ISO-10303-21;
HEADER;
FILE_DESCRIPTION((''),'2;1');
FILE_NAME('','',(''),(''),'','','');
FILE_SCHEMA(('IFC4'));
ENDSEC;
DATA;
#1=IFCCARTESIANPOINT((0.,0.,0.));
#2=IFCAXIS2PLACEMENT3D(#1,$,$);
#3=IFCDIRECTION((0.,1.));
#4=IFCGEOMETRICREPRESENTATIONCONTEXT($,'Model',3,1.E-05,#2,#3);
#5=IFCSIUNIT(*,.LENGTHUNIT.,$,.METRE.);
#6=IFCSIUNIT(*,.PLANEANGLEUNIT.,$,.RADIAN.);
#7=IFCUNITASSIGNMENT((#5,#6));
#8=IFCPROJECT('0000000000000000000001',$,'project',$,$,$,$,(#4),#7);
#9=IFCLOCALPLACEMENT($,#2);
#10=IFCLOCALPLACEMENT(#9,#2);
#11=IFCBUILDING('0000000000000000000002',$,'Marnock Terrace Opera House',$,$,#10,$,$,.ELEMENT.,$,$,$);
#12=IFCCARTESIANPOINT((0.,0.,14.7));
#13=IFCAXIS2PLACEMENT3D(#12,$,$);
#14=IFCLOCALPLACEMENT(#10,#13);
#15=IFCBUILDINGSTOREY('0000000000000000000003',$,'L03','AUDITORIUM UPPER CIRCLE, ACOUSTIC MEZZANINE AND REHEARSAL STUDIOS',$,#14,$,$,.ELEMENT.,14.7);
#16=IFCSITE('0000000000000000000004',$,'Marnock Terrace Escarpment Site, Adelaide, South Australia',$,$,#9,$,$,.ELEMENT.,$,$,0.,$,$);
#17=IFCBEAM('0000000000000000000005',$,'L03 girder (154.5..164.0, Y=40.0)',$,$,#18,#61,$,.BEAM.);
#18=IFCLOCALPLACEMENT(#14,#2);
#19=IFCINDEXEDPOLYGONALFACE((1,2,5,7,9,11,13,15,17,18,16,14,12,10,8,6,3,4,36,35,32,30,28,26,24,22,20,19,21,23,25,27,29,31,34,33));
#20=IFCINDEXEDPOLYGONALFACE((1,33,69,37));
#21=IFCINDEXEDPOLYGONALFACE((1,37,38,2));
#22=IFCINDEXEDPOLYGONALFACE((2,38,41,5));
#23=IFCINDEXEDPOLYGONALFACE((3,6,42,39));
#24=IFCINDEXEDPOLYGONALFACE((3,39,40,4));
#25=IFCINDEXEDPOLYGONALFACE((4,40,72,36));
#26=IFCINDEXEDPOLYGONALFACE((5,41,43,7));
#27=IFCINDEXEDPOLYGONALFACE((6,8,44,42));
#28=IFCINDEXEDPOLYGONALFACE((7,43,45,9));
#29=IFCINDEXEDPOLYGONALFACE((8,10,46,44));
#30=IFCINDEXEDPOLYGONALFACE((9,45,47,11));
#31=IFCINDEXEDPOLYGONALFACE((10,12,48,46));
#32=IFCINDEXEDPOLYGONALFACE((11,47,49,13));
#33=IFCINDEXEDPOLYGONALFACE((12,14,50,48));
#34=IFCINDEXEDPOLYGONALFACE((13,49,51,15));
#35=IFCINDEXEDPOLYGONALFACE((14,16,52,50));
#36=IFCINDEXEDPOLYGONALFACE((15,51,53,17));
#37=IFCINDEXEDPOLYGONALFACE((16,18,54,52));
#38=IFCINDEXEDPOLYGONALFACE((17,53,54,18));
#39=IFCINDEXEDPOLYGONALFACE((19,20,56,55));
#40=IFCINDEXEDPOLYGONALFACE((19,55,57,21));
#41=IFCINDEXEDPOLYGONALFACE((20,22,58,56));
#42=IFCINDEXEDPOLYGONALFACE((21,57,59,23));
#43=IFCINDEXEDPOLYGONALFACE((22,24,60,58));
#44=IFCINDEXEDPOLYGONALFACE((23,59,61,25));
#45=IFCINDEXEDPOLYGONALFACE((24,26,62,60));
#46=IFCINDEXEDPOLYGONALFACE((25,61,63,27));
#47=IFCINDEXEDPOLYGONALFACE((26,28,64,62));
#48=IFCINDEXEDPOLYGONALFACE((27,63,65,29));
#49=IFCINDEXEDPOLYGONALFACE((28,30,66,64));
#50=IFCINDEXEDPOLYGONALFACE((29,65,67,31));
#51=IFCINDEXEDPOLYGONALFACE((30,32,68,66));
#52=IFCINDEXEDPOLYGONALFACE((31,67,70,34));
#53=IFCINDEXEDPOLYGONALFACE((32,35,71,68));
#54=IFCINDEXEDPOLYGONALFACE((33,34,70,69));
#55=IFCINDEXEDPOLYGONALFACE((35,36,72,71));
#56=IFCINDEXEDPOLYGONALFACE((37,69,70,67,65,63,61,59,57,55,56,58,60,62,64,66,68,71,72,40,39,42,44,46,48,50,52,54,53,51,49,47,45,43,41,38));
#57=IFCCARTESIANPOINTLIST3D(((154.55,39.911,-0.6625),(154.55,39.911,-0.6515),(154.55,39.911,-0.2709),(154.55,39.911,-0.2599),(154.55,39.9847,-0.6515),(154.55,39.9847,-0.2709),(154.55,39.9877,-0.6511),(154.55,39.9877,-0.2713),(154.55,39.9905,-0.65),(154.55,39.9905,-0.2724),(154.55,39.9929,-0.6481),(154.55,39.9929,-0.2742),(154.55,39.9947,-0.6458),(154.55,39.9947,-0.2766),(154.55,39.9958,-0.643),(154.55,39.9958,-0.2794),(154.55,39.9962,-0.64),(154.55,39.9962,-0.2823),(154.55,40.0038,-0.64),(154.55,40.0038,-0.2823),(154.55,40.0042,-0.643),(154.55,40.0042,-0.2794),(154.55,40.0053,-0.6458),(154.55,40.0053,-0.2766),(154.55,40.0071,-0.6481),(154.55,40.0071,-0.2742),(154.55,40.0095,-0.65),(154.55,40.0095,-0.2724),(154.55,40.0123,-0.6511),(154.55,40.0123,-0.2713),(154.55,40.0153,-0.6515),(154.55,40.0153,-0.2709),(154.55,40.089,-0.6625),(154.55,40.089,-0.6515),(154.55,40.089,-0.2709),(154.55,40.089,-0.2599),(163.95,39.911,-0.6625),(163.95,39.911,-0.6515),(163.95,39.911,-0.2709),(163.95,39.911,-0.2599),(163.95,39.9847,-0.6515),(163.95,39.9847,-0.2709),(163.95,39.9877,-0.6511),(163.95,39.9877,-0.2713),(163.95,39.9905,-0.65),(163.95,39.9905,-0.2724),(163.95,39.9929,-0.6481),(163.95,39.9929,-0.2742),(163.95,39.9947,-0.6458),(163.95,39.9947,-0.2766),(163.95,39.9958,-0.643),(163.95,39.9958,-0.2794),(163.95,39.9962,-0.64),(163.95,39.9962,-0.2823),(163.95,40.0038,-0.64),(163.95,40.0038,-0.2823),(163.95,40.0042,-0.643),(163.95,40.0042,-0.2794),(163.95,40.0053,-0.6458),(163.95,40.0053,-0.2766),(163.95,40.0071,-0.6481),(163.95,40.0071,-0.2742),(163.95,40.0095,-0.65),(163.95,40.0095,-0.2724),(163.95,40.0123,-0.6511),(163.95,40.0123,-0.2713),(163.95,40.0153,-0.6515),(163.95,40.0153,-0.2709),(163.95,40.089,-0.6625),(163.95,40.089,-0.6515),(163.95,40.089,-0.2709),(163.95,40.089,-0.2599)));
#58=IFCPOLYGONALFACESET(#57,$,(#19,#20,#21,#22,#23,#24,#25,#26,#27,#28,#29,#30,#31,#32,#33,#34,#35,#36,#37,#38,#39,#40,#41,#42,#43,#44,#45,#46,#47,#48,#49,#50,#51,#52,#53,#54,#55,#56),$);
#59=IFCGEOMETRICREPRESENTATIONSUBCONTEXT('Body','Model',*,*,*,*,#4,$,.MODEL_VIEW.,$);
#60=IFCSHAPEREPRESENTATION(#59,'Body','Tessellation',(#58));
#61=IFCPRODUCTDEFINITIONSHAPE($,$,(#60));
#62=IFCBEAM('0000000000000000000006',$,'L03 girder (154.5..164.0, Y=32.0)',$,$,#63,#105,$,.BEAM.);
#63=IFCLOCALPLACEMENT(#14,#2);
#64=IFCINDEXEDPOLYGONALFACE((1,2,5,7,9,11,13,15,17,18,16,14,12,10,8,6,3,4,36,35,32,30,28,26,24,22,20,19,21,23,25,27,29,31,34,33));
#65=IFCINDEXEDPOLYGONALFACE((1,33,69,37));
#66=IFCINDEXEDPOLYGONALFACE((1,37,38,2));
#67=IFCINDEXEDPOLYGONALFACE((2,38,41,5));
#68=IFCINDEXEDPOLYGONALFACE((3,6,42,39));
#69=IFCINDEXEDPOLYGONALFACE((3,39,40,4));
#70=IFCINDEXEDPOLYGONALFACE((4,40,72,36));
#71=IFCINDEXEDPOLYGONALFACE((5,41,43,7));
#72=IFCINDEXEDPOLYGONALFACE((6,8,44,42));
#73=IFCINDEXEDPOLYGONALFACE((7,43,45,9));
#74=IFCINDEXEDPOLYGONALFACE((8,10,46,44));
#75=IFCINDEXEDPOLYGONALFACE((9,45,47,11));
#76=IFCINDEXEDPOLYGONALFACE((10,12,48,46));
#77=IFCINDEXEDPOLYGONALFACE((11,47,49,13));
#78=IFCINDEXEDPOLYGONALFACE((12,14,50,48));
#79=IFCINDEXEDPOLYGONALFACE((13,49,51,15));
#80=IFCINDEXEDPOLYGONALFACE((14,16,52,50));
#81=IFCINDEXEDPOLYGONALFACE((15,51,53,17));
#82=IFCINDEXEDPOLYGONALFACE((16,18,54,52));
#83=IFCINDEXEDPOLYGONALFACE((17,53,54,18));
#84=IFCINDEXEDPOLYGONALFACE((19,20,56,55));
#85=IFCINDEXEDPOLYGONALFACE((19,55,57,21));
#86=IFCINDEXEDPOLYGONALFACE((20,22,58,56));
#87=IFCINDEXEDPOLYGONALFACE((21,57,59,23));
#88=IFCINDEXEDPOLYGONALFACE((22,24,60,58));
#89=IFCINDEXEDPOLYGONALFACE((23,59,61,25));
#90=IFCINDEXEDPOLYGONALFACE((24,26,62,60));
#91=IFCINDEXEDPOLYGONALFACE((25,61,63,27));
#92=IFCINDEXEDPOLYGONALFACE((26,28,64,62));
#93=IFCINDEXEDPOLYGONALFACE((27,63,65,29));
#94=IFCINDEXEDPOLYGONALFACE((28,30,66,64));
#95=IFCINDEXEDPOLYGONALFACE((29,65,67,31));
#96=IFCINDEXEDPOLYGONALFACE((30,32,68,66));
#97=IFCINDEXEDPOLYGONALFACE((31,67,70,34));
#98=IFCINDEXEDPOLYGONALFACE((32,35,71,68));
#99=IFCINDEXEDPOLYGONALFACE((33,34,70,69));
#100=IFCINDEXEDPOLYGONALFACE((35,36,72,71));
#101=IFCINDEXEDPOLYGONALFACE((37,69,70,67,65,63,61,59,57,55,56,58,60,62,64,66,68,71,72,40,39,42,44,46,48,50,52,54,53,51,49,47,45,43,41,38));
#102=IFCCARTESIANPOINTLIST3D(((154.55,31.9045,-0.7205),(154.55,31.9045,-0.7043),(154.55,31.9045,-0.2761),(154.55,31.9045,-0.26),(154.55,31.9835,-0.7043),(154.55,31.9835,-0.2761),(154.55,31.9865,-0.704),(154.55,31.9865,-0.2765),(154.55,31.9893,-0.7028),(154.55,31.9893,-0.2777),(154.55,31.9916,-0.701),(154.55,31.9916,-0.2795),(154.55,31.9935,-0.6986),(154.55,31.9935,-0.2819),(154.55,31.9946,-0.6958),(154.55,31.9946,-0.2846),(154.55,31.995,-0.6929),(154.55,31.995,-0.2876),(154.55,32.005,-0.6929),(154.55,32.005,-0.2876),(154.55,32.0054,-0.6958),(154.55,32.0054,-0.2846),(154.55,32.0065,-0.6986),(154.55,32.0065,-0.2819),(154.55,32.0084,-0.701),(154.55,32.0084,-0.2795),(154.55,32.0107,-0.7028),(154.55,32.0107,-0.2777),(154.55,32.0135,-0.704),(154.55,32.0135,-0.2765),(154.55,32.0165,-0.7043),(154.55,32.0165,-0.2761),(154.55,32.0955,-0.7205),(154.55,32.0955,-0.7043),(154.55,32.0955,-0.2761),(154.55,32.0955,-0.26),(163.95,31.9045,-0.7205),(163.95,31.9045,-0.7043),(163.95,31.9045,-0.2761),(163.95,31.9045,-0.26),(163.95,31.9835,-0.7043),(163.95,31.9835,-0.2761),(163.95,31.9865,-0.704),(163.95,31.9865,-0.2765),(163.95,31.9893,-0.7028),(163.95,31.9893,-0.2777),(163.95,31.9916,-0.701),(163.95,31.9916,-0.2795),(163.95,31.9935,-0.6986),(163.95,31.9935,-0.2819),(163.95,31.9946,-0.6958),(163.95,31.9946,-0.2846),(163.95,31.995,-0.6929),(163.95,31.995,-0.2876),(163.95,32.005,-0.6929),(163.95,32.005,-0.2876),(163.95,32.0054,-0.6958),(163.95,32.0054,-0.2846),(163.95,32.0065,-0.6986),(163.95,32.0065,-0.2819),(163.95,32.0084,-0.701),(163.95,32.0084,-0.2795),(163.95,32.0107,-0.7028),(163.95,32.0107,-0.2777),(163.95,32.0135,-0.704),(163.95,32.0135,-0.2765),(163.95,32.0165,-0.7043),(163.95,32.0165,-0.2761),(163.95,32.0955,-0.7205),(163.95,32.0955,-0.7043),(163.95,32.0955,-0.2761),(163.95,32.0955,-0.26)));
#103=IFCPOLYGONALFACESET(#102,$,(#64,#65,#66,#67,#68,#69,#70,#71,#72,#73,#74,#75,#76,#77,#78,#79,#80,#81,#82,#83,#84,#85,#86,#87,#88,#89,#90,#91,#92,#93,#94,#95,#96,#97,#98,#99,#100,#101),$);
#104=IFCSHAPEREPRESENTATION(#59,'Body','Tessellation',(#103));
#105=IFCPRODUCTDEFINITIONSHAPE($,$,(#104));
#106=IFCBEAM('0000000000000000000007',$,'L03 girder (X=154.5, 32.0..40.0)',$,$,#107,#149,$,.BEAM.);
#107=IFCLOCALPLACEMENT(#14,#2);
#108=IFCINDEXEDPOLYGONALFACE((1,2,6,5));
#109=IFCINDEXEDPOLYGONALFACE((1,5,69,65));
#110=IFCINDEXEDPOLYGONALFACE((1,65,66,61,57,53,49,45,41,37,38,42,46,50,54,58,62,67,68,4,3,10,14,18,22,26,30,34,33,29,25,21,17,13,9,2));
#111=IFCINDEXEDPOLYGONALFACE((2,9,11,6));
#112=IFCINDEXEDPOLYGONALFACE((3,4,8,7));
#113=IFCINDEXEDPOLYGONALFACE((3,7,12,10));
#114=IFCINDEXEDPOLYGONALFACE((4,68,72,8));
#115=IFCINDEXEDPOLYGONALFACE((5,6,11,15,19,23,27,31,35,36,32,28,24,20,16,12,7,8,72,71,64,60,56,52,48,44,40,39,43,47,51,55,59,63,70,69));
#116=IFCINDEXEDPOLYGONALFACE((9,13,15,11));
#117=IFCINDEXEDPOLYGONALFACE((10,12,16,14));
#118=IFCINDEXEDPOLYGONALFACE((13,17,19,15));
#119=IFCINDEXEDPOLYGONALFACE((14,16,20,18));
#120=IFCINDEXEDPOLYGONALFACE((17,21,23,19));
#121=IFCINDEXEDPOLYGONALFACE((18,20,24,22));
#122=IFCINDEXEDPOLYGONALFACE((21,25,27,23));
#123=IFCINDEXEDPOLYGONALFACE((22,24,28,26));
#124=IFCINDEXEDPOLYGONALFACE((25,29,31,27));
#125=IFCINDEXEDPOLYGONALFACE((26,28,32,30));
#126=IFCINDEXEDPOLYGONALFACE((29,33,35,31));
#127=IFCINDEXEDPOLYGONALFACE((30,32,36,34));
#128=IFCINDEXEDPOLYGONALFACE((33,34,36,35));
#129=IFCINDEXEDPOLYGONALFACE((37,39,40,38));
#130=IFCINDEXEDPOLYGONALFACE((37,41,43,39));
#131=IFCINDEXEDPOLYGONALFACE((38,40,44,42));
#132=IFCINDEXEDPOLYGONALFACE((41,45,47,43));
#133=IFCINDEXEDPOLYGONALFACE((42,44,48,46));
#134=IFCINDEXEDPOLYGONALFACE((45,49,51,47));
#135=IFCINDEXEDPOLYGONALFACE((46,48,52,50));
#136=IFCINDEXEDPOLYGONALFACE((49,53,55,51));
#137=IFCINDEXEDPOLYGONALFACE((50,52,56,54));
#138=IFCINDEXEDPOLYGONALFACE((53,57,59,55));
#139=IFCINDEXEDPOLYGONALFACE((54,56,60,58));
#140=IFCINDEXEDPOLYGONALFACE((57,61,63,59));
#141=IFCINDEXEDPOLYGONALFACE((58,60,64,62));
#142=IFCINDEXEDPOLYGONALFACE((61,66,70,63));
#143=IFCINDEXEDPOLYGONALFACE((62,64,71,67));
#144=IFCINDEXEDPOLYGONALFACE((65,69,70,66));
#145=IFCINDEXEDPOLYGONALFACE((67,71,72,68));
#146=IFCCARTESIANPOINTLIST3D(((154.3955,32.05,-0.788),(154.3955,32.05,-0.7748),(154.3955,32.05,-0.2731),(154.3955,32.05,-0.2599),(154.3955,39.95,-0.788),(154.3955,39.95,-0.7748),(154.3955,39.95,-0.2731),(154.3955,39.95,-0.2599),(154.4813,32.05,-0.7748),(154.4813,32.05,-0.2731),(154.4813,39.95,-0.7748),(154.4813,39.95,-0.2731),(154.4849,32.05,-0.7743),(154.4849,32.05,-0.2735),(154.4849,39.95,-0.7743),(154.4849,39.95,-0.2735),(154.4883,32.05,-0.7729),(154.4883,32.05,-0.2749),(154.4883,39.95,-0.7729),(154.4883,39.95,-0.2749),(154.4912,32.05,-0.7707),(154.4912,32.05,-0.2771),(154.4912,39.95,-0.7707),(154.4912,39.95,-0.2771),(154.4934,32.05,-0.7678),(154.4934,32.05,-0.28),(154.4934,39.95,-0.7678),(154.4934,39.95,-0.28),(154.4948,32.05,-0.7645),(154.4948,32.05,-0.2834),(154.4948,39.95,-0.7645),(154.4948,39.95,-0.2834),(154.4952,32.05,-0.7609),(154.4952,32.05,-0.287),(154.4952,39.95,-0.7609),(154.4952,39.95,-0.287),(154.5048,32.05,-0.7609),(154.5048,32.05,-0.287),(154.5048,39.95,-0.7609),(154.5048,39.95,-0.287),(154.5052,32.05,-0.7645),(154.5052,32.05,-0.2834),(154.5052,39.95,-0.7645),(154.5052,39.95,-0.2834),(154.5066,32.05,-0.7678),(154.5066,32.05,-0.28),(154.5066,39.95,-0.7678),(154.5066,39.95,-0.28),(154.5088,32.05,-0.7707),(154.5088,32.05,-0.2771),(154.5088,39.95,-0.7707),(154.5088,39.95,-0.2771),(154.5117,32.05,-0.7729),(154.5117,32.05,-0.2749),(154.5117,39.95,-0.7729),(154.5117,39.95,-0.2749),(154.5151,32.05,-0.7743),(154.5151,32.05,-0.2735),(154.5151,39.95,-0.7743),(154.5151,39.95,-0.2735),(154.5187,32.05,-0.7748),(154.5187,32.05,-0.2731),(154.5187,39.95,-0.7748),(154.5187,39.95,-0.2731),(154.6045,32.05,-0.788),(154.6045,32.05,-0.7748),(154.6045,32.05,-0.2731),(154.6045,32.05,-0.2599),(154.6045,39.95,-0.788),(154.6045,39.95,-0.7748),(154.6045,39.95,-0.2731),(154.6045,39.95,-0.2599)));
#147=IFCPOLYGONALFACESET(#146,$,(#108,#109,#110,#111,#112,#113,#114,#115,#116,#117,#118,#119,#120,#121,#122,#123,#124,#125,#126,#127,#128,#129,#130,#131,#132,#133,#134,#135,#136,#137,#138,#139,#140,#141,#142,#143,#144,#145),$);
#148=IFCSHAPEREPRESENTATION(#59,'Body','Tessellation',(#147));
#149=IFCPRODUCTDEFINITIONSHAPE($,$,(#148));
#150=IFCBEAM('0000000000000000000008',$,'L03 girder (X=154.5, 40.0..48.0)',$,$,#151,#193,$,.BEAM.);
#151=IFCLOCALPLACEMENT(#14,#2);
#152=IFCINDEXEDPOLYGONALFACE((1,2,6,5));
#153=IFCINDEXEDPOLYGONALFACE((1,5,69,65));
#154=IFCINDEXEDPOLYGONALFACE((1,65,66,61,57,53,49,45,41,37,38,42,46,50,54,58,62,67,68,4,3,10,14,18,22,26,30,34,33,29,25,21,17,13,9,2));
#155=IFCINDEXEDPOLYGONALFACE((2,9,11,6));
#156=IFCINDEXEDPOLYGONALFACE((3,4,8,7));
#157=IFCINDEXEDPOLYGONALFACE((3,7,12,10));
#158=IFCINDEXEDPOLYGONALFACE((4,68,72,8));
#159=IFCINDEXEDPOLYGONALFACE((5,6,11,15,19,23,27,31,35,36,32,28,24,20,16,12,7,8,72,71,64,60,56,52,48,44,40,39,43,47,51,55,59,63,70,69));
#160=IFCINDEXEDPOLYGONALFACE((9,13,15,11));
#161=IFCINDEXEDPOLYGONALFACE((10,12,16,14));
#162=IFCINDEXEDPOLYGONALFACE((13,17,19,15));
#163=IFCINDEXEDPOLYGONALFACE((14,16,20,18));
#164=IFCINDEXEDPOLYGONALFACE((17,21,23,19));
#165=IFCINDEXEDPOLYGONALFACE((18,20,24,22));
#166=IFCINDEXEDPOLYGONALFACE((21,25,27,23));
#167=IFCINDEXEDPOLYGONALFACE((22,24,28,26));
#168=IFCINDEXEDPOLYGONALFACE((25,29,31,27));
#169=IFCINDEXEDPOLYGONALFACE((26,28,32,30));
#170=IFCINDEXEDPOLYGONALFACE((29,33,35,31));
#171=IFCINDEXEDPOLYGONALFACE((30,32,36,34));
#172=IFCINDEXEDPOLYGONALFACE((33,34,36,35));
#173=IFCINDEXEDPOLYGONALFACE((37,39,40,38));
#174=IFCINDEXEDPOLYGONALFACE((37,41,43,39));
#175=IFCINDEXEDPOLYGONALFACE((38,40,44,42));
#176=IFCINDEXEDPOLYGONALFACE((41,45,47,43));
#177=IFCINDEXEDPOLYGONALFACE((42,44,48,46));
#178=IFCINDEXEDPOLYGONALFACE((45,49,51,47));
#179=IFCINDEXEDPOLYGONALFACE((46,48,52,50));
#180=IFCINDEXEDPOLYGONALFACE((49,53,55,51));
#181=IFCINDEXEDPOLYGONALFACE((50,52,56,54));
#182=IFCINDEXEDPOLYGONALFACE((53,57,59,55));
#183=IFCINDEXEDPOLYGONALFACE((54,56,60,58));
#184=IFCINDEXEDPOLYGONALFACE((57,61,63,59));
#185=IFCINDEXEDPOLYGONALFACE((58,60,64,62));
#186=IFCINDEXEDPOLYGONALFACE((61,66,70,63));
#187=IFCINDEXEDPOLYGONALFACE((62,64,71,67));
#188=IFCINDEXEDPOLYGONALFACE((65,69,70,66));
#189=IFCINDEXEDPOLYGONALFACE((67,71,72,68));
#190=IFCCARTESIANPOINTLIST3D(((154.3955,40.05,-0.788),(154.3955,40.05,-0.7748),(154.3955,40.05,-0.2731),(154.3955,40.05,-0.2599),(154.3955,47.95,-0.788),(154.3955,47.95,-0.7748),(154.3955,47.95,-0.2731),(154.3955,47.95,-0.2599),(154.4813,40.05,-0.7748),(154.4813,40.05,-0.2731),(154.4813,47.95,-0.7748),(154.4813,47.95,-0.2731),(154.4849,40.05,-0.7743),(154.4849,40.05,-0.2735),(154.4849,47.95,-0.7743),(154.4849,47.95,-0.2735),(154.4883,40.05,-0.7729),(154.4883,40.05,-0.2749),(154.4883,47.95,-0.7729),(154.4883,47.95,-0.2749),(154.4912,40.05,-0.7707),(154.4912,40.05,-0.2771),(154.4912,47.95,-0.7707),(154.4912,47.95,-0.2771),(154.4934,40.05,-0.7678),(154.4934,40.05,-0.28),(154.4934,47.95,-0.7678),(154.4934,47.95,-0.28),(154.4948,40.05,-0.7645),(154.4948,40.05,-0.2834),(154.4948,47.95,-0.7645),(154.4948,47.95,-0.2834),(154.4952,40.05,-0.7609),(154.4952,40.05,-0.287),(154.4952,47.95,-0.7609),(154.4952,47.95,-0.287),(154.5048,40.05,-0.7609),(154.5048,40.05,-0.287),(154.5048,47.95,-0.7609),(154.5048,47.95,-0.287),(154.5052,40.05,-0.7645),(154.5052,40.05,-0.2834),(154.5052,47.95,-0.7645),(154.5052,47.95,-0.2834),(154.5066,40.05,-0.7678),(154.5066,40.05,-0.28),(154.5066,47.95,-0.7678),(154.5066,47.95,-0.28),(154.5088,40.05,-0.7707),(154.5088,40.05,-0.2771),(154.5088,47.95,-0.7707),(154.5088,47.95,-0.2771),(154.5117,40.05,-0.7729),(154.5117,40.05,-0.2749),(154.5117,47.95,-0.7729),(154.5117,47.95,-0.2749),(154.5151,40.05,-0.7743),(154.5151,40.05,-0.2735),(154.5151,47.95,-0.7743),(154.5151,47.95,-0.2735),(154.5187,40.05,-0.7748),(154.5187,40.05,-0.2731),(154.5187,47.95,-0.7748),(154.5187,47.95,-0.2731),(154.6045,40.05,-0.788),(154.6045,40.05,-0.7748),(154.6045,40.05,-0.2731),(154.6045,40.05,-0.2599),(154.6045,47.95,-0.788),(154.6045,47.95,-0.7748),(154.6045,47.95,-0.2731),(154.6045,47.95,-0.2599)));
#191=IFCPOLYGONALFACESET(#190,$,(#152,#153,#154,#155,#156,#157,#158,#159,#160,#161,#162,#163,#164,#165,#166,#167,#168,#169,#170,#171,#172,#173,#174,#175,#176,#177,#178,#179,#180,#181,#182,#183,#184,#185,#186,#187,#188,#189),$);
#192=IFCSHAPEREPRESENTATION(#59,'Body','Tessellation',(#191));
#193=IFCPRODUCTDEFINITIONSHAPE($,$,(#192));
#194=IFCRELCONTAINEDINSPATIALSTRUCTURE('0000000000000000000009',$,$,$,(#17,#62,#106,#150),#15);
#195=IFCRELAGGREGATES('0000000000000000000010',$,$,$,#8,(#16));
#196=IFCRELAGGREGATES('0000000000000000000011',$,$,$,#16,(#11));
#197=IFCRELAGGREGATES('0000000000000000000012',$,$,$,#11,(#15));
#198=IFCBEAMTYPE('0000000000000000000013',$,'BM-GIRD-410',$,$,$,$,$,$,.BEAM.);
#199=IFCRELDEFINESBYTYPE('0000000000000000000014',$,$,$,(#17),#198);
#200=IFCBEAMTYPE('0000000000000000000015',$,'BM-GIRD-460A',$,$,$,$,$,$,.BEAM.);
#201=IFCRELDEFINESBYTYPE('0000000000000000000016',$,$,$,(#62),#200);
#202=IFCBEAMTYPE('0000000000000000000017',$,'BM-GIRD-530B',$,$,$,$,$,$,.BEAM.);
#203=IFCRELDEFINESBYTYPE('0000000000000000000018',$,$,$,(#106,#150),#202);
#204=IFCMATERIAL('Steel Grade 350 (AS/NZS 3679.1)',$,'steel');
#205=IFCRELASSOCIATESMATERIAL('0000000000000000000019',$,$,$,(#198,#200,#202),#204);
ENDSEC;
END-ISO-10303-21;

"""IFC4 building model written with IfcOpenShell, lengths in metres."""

from ifc_helpers import new_model, si_unit, direction, frame, origin, origin_2d, place, context, subcontext, project, spatial, i_section, extrude, material, material_profile, profile_set, type_object, element, save


model = new_model("IFC4")

# Units and contexts
model_context = context("Model", 3, precision=1e-05, world=origin(), true_north=direction((0.0, 1.0)))
body_context = subcontext(model_context, "Body", "Model", "MODEL_VIEW")
ifc_project = project(units=[si_unit("LENGTHUNIT", "METRE"), si_unit("PLANEANGLEUNIT", "RADIAN")], contexts=[model_context])

# Site, building, storey
site_placement = place(None, origin())
site = spatial("IfcSite", under=ifc_project, at=site_placement, Name="Marnock Terrace Escarpment Site, Adelaide, South Australia", CompositionType="ELEMENT", RefElevation=0.0)
building_placement = place(site_placement, origin())
building = spatial("IfcBuilding", under=site, at=building_placement, Name="Marnock Terrace Opera House", CompositionType="ELEMENT")
storey_placement = place(building_placement, frame((0.0, 0.0, 14.7)))
storey = spatial("IfcBuildingStorey", under=building, at=storey_placement, Name="L03", Description="AUDITORIUM UPPER CIRCLE, ACOUSTIC MEZZANINE AND REHEARSAL STUDIOS", CompositionType="ELEMENT", Elevation=14.7)

# Shared definitions
ifc_material_1 = material(Name="Steel Grade 350 (AS/NZS 3679.1)", Category="steel")

# Beams
ifc_material_profile_1 = material_profile(ifc_material_1, i_section(OverallWidth=0.178, OverallDepth=0.4026, WebThickness=0.0076, FlangeThickness=0.011, FilletRadius=0.0115, at=origin_2d()))
ifc_profile_set_1 = profile_set([ifc_material_profile_1], Name="Steel Grade 350 (AS/NZS 3679.1)")
beam_type_1 = type_object("IfcBeamType", Name="BM-GIRD-410", PredefinedType="BEAM", material=ifc_profile_set_1)
for number, where, z_axis, x_axis, name in (
    (1, (154.55, 40.0, -0.4612), (1.0, 0.0, 0.0), (0.0, 1.0, 0.0), "L03 girder (154.5..164.0, Y=40.0)"),
):
    element("IfcBeam", number, at=place(storey_placement, frame(where, z_axis=z_axis, x_axis=x_axis)), inside=storey, type_object=beam_type_1, Name=name, PredefinedType="BEAM", context=body_context, shape_type="SweptSolid", body=[
        extrude(i_section(OverallWidth=0.178, OverallDepth=0.4026, WebThickness=0.0076, FlangeThickness=0.011, FilletRadius=0.0115, at=origin_2d()), origin(), (0.0, 0.0, 1.0), 9.3999),
    ])
ifc_material_profile_2 = material_profile(ifc_material_1, i_section(OverallWidth=0.1909, OverallDepth=0.4604, WebThickness=0.01, FlangeThickness=0.0161, FilletRadius=0.0115, at=origin_2d()))
ifc_profile_set_2 = profile_set([ifc_material_profile_2], Name="Steel Grade 350 (AS/NZS 3679.1)")
beam_type_2 = type_object("IfcBeamType", Name="BM-GIRD-460A", PredefinedType="BEAM", material=ifc_profile_set_2)
beam_1_placement = place(storey_placement, frame((154.55, 32.0, -0.4902), z_axis=(1.0, 0.0, 0.0), x_axis=(0.0, 1.0, 0.0)))
element("IfcBeam", 2, at=beam_1_placement, inside=storey, type_object=beam_type_2, Name="L03 girder (154.5..164.0, Y=32.0)", PredefinedType="BEAM", context=body_context, shape_type="SweptSolid", body=[
    extrude(i_section(OverallWidth=0.1909, OverallDepth=0.4604, WebThickness=0.01, FlangeThickness=0.0161, FilletRadius=0.0115, at=origin_2d()), origin(), (0.0, 0.0, 1.0), 9.3999),
])
ifc_material_profile_3 = material_profile(ifc_material_1, i_section(OverallWidth=0.209, OverallDepth=0.5281, WebThickness=0.0095, FlangeThickness=0.0132, FilletRadius=0.0139, at=origin_2d()))
ifc_profile_set_3 = profile_set([ifc_material_profile_3], Name="Steel Grade 350 (AS/NZS 3679.1)")
beam_type_3 = type_object("IfcBeamType", Name="BM-GIRD-530B", PredefinedType="BEAM", material=ifc_profile_set_3)
for number, where, z_axis, x_axis, name in (
    (3, (154.5, 32.05, -0.5239), (0.0, 1.0, 0.0), (-1.0, 0.0, 0.0), "L03 girder (X=154.5, 32.0..40.0)"),
    (4, (154.5, 40.05, -0.5239), (0.0, 1.0, 0.0), (-1.0, 0.0, 0.0), "L03 girder (X=154.5, 40.0..48.0)"),
):
    element("IfcBeam", number, at=place(storey_placement, frame(where, z_axis=z_axis, x_axis=x_axis)), inside=storey, type_object=beam_type_3, Name=name, PredefinedType="BEAM", context=body_context, shape_type="SweptSolid", body=[
        extrude(i_section(OverallWidth=0.209, OverallDepth=0.5281, WebThickness=0.0095, FlangeThickness=0.0132, FilletRadius=0.0139, at=origin_2d()), origin(), (0.0, 0.0, 1.0), 7.8999),
    ])

save(model, "model.ifc")
